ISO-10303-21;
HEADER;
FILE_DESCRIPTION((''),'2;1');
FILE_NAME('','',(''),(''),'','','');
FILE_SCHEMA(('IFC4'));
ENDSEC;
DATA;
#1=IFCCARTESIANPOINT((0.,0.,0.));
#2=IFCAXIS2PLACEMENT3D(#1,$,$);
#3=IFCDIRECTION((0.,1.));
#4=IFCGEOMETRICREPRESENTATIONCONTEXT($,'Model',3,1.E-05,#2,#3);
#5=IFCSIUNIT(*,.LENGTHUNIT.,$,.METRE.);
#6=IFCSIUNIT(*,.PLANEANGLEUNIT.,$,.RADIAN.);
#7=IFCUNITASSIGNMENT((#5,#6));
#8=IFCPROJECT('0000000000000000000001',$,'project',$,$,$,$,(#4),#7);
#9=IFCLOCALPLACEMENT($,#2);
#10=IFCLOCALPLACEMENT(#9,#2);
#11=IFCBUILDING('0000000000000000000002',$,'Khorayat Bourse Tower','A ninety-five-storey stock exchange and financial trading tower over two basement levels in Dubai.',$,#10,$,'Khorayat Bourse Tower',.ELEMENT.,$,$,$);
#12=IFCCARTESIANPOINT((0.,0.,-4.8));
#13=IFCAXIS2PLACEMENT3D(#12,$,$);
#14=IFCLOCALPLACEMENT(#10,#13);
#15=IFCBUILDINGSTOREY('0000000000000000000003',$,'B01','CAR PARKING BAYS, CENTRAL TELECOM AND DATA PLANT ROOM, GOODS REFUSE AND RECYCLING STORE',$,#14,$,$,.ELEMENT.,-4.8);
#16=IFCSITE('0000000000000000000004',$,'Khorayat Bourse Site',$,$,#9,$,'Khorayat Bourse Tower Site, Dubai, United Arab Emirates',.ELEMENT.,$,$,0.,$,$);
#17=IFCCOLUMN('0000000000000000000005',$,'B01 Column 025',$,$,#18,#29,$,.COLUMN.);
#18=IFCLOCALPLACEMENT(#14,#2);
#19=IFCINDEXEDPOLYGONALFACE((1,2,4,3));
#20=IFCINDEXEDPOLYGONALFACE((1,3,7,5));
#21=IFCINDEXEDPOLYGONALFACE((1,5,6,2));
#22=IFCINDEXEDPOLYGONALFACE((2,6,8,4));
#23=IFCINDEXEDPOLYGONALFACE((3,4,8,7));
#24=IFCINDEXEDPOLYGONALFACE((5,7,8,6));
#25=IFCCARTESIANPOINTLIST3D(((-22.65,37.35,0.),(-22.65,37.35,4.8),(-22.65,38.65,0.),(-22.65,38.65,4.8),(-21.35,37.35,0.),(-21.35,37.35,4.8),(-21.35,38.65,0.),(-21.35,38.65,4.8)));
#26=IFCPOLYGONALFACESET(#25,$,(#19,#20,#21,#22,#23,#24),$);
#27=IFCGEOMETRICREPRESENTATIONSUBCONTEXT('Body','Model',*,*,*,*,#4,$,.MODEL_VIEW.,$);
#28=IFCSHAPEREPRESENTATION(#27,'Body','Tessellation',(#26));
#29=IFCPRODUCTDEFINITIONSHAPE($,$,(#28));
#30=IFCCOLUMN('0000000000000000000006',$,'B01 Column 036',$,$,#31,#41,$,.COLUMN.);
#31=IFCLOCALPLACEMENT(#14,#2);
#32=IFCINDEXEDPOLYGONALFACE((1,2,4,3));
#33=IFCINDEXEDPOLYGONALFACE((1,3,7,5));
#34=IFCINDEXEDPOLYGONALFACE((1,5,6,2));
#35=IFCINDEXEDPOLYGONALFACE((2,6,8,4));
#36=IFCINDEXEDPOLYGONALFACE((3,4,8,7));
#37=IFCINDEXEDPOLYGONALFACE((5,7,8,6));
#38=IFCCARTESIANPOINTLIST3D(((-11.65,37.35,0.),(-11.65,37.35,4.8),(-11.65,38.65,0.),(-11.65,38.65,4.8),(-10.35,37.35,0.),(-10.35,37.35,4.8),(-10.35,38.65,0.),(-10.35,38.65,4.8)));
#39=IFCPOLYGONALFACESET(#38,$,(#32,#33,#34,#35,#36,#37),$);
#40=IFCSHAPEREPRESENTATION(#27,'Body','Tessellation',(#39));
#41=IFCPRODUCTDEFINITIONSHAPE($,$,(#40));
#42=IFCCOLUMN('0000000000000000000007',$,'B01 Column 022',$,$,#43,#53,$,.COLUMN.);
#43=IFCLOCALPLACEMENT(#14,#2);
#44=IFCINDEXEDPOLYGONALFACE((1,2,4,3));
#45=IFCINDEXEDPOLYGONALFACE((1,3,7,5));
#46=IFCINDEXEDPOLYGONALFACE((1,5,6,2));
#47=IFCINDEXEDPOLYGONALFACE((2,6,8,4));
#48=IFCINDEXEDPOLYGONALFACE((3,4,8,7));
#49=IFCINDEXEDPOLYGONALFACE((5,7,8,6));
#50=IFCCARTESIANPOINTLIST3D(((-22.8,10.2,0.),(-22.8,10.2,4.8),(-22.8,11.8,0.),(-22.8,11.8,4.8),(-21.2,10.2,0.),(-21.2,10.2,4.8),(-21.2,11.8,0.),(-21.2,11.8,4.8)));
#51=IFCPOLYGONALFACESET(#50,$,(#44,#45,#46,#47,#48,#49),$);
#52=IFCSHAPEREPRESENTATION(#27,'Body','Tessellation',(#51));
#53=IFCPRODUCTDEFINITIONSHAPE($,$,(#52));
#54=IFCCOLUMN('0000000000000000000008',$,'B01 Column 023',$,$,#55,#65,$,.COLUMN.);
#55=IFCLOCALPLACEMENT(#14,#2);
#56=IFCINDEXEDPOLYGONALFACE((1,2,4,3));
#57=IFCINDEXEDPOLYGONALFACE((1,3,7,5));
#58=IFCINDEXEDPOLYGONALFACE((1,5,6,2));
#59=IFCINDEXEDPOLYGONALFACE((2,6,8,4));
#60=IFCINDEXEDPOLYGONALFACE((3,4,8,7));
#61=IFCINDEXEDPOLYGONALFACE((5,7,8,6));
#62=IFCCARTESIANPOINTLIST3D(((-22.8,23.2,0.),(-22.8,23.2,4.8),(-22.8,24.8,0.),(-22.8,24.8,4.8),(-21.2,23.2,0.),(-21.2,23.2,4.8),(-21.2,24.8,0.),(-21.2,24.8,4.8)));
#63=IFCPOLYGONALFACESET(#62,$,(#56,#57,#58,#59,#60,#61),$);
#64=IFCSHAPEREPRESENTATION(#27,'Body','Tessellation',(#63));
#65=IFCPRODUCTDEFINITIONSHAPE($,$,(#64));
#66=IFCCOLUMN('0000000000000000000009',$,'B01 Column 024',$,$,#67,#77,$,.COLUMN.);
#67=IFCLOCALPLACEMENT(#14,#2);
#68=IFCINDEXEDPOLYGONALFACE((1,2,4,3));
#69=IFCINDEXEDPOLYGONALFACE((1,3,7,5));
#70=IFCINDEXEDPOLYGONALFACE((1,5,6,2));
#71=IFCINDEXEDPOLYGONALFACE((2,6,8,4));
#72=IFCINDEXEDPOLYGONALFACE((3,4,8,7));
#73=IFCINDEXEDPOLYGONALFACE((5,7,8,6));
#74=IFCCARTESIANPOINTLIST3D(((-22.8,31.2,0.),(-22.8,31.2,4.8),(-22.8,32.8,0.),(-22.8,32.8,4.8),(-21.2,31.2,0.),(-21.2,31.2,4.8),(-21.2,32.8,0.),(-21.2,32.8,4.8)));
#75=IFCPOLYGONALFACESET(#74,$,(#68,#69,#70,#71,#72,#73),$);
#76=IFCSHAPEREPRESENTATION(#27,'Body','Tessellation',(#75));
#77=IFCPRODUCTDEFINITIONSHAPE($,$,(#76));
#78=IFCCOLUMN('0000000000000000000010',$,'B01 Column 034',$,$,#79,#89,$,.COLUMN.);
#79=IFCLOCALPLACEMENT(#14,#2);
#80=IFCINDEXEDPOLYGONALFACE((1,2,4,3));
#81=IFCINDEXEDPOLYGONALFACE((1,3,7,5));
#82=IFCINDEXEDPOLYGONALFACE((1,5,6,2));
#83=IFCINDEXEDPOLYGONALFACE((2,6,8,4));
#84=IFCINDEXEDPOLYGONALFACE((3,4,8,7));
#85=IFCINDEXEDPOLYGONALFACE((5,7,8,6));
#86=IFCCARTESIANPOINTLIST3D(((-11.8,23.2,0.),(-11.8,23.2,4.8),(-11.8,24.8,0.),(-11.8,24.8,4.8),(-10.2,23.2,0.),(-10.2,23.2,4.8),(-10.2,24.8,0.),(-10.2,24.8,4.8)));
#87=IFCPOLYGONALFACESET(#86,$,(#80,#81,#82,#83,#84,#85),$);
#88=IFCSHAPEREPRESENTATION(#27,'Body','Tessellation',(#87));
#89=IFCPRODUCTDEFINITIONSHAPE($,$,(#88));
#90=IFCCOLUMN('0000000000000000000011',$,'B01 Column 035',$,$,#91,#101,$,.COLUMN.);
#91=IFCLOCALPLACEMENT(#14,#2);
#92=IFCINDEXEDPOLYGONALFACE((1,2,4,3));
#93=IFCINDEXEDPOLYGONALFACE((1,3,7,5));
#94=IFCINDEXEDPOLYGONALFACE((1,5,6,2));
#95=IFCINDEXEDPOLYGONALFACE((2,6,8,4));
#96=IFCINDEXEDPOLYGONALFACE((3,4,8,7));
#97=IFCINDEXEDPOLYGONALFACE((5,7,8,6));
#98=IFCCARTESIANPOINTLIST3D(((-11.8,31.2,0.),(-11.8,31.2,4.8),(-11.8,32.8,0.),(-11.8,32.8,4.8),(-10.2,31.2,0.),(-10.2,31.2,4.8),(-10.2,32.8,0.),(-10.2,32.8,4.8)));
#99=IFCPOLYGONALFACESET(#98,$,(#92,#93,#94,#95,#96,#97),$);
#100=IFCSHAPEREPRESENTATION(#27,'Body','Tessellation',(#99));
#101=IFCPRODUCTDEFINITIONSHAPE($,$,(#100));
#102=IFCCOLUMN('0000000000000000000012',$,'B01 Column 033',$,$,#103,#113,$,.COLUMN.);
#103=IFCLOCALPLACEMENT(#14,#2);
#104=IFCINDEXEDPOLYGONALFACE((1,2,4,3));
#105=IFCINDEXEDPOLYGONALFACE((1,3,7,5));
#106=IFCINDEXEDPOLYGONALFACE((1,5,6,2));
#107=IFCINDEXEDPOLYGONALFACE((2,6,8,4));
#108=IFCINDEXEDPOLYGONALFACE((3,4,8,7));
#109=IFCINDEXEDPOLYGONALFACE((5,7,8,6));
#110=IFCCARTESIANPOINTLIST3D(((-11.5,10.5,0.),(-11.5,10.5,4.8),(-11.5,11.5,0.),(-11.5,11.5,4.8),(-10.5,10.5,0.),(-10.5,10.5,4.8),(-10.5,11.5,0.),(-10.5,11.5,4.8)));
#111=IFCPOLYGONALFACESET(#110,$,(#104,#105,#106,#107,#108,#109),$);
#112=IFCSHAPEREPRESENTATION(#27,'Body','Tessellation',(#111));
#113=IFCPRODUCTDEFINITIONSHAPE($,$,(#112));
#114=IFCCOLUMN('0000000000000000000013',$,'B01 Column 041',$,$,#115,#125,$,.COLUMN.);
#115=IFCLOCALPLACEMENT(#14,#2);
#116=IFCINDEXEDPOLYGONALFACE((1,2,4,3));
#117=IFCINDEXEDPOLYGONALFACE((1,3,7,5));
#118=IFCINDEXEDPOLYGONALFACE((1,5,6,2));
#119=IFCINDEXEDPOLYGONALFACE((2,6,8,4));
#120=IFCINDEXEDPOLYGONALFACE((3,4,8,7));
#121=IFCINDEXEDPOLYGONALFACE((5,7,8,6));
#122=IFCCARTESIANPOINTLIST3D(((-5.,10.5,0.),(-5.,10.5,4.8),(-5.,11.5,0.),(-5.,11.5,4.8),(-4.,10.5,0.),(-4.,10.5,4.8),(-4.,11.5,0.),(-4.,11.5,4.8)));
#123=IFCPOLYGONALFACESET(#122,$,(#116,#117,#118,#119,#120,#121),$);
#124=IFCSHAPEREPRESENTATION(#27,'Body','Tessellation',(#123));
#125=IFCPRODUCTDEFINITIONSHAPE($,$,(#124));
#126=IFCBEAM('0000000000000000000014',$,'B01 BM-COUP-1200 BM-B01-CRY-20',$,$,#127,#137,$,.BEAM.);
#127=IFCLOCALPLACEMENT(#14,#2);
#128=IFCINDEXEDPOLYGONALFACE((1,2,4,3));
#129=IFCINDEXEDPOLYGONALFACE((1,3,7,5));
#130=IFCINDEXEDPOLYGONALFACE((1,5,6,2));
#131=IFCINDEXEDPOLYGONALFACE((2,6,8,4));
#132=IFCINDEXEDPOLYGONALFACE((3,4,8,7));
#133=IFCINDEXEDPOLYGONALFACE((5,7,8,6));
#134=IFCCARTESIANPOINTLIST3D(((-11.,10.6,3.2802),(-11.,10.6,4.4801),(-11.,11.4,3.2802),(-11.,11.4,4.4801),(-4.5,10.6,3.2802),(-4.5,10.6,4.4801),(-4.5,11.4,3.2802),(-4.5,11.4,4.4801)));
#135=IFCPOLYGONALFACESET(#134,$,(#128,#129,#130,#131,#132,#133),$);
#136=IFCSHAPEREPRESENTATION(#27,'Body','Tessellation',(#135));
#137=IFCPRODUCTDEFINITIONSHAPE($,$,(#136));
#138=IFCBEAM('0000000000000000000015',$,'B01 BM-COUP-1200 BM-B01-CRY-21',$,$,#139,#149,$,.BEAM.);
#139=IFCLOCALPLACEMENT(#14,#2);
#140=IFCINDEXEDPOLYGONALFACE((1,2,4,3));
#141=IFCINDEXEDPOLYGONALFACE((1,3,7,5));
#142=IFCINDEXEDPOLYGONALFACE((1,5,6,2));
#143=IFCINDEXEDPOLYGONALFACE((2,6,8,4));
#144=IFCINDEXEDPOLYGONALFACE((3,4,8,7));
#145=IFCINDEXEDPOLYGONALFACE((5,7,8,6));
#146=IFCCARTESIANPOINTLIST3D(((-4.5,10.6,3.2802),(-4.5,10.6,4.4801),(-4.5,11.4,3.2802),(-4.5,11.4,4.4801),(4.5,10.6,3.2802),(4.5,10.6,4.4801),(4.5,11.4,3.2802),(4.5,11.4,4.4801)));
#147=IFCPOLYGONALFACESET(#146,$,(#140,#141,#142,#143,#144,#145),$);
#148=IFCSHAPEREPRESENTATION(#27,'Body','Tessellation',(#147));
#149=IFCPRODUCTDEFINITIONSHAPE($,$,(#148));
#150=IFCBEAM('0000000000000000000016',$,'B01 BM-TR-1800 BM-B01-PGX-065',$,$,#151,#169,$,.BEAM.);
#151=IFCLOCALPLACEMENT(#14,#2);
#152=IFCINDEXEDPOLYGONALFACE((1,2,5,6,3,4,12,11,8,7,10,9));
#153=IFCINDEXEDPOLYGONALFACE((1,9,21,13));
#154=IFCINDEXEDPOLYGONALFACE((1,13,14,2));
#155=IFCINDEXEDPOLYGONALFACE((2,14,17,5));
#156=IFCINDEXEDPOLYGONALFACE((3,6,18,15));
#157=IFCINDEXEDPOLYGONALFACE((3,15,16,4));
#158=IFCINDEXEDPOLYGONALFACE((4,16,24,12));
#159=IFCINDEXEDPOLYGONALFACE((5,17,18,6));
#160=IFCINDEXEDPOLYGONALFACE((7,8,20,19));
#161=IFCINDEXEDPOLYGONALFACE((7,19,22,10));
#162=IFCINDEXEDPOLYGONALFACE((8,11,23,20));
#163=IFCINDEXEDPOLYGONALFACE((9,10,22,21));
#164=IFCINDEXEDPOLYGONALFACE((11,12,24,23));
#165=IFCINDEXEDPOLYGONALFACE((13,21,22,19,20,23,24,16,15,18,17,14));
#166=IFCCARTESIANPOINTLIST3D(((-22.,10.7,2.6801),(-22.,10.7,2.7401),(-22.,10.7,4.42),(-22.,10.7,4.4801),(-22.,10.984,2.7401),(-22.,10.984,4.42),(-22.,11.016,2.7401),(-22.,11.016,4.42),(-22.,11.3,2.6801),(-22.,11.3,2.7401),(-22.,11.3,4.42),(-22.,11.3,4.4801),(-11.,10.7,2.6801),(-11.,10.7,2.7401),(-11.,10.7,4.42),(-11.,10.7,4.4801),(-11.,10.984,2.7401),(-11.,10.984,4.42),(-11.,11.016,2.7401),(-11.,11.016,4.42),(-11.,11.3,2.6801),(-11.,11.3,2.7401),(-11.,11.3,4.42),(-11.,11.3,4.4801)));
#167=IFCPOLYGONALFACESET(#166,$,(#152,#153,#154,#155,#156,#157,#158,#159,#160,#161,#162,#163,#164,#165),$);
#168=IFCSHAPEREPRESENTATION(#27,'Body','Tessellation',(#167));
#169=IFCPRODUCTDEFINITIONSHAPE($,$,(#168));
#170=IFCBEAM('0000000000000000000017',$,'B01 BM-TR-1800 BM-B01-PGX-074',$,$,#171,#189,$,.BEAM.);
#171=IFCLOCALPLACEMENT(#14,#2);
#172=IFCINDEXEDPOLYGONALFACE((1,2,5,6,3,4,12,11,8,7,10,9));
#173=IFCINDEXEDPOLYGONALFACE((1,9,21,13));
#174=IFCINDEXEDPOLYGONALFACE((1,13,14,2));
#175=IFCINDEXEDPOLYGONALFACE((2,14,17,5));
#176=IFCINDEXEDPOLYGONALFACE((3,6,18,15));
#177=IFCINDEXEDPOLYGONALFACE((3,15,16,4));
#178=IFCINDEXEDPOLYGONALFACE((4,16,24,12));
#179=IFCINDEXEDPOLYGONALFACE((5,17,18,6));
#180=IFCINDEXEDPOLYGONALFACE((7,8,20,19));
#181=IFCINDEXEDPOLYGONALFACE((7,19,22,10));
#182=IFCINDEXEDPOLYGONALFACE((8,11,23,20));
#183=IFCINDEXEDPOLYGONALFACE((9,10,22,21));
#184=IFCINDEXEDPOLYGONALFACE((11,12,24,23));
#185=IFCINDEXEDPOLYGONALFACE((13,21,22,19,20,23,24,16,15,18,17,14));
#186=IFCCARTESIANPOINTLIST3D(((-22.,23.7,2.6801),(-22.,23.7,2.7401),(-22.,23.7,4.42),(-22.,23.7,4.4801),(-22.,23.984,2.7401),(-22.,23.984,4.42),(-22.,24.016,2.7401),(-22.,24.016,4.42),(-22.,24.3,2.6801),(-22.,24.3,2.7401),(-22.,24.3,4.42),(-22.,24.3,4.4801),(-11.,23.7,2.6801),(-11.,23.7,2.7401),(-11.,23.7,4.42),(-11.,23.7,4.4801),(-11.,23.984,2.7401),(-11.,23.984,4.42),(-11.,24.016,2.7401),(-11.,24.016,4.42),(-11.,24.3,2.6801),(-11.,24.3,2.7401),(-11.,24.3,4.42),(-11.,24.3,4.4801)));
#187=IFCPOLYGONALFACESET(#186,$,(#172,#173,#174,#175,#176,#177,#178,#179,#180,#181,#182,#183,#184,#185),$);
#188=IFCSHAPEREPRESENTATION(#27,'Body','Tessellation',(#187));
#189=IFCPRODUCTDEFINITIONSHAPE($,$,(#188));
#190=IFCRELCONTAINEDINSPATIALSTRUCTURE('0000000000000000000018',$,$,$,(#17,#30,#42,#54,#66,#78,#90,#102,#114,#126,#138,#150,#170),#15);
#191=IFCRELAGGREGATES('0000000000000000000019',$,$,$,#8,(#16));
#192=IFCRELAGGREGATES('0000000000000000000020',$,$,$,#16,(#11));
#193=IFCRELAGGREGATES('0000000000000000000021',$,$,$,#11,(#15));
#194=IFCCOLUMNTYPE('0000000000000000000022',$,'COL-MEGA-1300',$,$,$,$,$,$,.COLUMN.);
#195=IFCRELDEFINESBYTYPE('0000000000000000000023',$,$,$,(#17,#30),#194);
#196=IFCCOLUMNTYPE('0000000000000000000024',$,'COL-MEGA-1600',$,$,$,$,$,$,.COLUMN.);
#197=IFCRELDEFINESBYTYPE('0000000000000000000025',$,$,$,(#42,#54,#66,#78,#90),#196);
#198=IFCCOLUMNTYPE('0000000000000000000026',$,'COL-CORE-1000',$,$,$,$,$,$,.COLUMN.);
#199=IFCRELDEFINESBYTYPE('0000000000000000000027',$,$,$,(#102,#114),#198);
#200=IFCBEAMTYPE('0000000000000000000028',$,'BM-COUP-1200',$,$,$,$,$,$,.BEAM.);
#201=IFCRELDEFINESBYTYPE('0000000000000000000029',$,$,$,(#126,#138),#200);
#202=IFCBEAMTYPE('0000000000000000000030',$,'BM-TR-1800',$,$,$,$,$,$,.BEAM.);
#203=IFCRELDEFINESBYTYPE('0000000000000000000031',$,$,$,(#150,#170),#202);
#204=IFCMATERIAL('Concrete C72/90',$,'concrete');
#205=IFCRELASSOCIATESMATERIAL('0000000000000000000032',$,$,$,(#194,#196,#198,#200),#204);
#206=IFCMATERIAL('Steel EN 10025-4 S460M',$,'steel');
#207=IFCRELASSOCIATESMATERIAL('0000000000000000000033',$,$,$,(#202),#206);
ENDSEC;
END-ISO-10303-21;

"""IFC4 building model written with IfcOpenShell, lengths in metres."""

from ifc_helpers import new_model, si_unit, direction, frame, origin, origin_2d, place, context, subcontext, project, spatial, rectangle, i_section, extrude, source, transform, mapped, material, material_profile, profile_set, type_object, element, save


model = new_model("IFC4")

# Units and contexts
model_context = context("Model", 3, precision=1e-05, world=origin(), true_north=direction((0.0, 1.0)))
body_context = subcontext(model_context, "Body", "Model", "MODEL_VIEW")
ifc_project = project(units=[si_unit("LENGTHUNIT", "METRE"), si_unit("PLANEANGLEUNIT", "RADIAN")], contexts=[model_context])

# Site, building, storey
site_placement = place(None, origin())
site = spatial("IfcSite", under=ifc_project, at=site_placement, Name="Khorayat Bourse Site", LongName="Khorayat Bourse Tower Site, Dubai, United Arab Emirates", CompositionType="ELEMENT", RefElevation=0.0)
building_placement = place(site_placement, origin())
building = spatial("IfcBuilding", under=site, at=building_placement, Name="Khorayat Bourse Tower", Description="A ninety-five-storey stock exchange and financial trading tower over two basement levels in Dubai.", LongName="Khorayat Bourse Tower", CompositionType="ELEMENT")
storey_placement = place(building_placement, frame((0.0, 0.0, -4.8)))
storey = spatial("IfcBuildingStorey", under=building, at=storey_placement, Name="B01", Description="CAR PARKING BAYS, CENTRAL TELECOM AND DATA PLANT ROOM, GOODS REFUSE AND RECYCLING STORE", CompositionType="ELEMENT", Elevation=-4.8)

# Columns
ifc_material_1 = material(Name="Concrete C72/90", Category="concrete")
ifc_material_profile_1 = material_profile(ifc_material_1, rectangle(XDim=1.3, YDim=1.3, at=origin_2d()), Name="RC 1300x1300")
ifc_profile_set_1 = profile_set([ifc_material_profile_1], Name="Concrete C72/90")
column_type_1 = type_object("IfcColumnType", Name="COL-MEGA-1300", PredefinedType="COLUMN", material=ifc_profile_set_1)
shared_shape_1 = source(origin(), body_context, "Body", "SweptSolid", [
    extrude(rectangle(XDim=1.3, YDim=1.3, at=origin_2d()), origin(), (0.0, 0.0, 1.0), 4.8),
])
for number, where, z_axis, x_axis, name in (
    (1, (-22.0, 38.0, 0.0), (0.0, 0.0, 1.0), (1.0, 0.0, 0.0), "B01 Column 025"),
    (2, (-11.0, 38.0, 0.0), (0.0, 0.0, 1.0), (1.0, 0.0, 0.0), "B01 Column 036"),
):
    element("IfcColumn", number, at=place(storey_placement, frame(where, z_axis=z_axis, x_axis=x_axis)), inside=storey, type_object=column_type_1, Name=name, PredefinedType="COLUMN", context=body_context, shape_type="MappedRepresentation", body=[
        mapped(shared_shape_1, transform((0.0, 0.0, 0.0), scale=1.0)),
    ])
ifc_material_profile_2 = material_profile(ifc_material_1, rectangle(XDim=1.6001, YDim=1.6001, at=origin_2d()), Name="RC 1600x1600")
ifc_profile_set_2 = profile_set([ifc_material_profile_2], Name="Concrete C72/90")
column_type_2 = type_object("IfcColumnType", Name="COL-MEGA-1600", PredefinedType="COLUMN", material=ifc_profile_set_2)
shared_shape_2 = source(origin(), body_context, "Body", "SweptSolid", [
    extrude(rectangle(XDim=1.6001, YDim=1.6001, at=origin_2d()), origin(), (0.0, 0.0, 1.0), 4.8),
])
for number, where, z_axis, x_axis, name in (
    (3, (-22.0, 11.0, 0.0), (0.0, 0.0, 1.0), (1.0, 0.0, 0.0), "B01 Column 022"),
    (4, (-22.0, 24.0, 0.0), (0.0, 0.0, 1.0), (1.0, 0.0, 0.0), "B01 Column 023"),
    (5, (-22.0, 32.0, 0.0), (0.0, 0.0, 1.0), (1.0, 0.0, 0.0), "B01 Column 024"),
    (6, (-11.0, 24.0, 0.0), (0.0, 0.0, 1.0), (1.0, 0.0, 0.0), "B01 Column 034"),
    (7, (-11.0, 32.0, 0.0), (0.0, 0.0, 1.0), (1.0, 0.0, 0.0), "B01 Column 035"),
):
    element("IfcColumn", number, at=place(storey_placement, frame(where, z_axis=z_axis, x_axis=x_axis)), inside=storey, type_object=column_type_2, Name=name, PredefinedType="COLUMN", context=body_context, shape_type="MappedRepresentation", body=[
        mapped(shared_shape_2, transform((0.0, 0.0, 0.0), scale=1.0)),
    ])
ifc_material_profile_3 = material_profile(ifc_material_1, rectangle(XDim=1.0, YDim=1.0, at=origin_2d()), Name="RC 1000x1000")
ifc_profile_set_3 = profile_set([ifc_material_profile_3], Name="Concrete C72/90")
column_type_3 = type_object("IfcColumnType", Name="COL-CORE-1000", PredefinedType="COLUMN", material=ifc_profile_set_3)
shared_shape_3 = source(origin(), body_context, "Body", "SweptSolid", [
    extrude(rectangle(XDim=1.0, YDim=1.0, at=origin_2d()), origin(), (0.0, 0.0, 1.0), 4.8),
])
for number, where, z_axis, x_axis, name in (
    (8, (-11.0, 11.0, 0.0), (0.0, 0.0, 1.0), (1.0, 0.0, 0.0), "B01 Column 033"),
    (9, (-4.5, 11.0, 0.0), (0.0, 0.0, 1.0), (1.0, 0.0, 0.0), "B01 Column 041"),
):
    element("IfcColumn", number, at=place(storey_placement, frame(where, z_axis=z_axis, x_axis=x_axis)), inside=storey, type_object=column_type_3, Name=name, PredefinedType="COLUMN", context=body_context, shape_type="MappedRepresentation", body=[
        mapped(shared_shape_3, transform((0.0, 0.0, 0.0), scale=1.0)),
    ])

# Beams
ifc_material_profile_4 = material_profile(ifc_material_1, rectangle(XDim=0.8, YDim=1.2, at=origin_2d()), Name="RC 800x1200")
ifc_profile_set_4 = profile_set([ifc_material_profile_4], Name="Concrete C72/90")
beam_type_1 = type_object("IfcBeamType", Name="BM-COUP-1200", PredefinedType="BEAM", material=ifc_profile_set_4)
shared_shape_4 = source(origin(), body_context, "Body", "SweptSolid", [
    extrude(rectangle(XDim=0.8, YDim=1.2, at=origin_2d()), origin(), (0.0, 0.0, 1.0), 6.5),
])
beam_1_placement = place(storey_placement, frame((-11.0, 11.0, 3.8801), z_axis=(1.0, 0.0, 0.0), x_axis=(0.0, 1.0, 0.0)))
element("IfcBeam", 10, at=beam_1_placement, inside=storey, type_object=beam_type_1, Name="B01 BM-COUP-1200 BM-B01-CRY-20", PredefinedType="BEAM", context=body_context, shape_type="MappedRepresentation", body=[
    mapped(shared_shape_4, transform((0.0, 0.0, 0.0), scale=1.0)),
])
shared_shape_5 = source(origin(), body_context, "Body", "SweptSolid", [
    extrude(rectangle(XDim=0.8, YDim=1.2, at=origin_2d()), origin(), (0.0, 0.0, 1.0), 9.0),
])
beam_2_placement = place(storey_placement, frame((-4.5, 11.0, 3.8801), z_axis=(1.0, 0.0, 0.0), x_axis=(0.0, 1.0, 0.0)))
element("IfcBeam", 11, at=beam_2_placement, inside=storey, type_object=beam_type_1, Name="B01 BM-COUP-1200 BM-B01-CRY-21", PredefinedType="BEAM", context=body_context, shape_type="MappedRepresentation", body=[
    mapped(shared_shape_5, transform((0.0, 0.0, 0.0), scale=1.0)),
])
ifc_material_2 = material(Name="Steel EN 10025-4 S460M", Category="steel")
ifc_material_profile_5 = material_profile(ifc_material_2, i_section(OverallWidth=0.6001, OverallDepth=1.8, WebThickness=0.032, FlangeThickness=0.0601, at=origin_2d()), Name="PG 1800x600x32x60")
ifc_profile_set_5 = profile_set([ifc_material_profile_5], Name="Steel EN 10025-4 S460M")
beam_type_2 = type_object("IfcBeamType", Name="BM-TR-1800", PredefinedType="BEAM", material=ifc_profile_set_5)
shared_shape_6 = source(origin(), body_context, "Body", "SweptSolid", [
    extrude(i_section(OverallWidth=0.6001, OverallDepth=1.8, WebThickness=0.032, FlangeThickness=0.0601, at=origin_2d()), origin(), (0.0, 0.0, 1.0), 11.0),
])
for number, where, z_axis, x_axis, name in (
    (12, (-22.0, 11.0, 3.5801), (1.0, 0.0, 0.0), (0.0, 1.0, 0.0), "B01 BM-TR-1800 BM-B01-PGX-065"),
    (13, (-22.0, 24.0, 3.5801), (1.0, 0.0, 0.0), (0.0, 1.0, 0.0), "B01 BM-TR-1800 BM-B01-PGX-074"),
):
    element("IfcBeam", number, at=place(storey_placement, frame(where, z_axis=z_axis, x_axis=x_axis)), inside=storey, type_object=beam_type_2, Name=name, PredefinedType="BEAM", context=body_context, shape_type="MappedRepresentation", body=[
        mapped(shared_shape_6, transform((0.0, 0.0, 0.0), scale=1.0)),
    ])

save(model, "model.ifc")
